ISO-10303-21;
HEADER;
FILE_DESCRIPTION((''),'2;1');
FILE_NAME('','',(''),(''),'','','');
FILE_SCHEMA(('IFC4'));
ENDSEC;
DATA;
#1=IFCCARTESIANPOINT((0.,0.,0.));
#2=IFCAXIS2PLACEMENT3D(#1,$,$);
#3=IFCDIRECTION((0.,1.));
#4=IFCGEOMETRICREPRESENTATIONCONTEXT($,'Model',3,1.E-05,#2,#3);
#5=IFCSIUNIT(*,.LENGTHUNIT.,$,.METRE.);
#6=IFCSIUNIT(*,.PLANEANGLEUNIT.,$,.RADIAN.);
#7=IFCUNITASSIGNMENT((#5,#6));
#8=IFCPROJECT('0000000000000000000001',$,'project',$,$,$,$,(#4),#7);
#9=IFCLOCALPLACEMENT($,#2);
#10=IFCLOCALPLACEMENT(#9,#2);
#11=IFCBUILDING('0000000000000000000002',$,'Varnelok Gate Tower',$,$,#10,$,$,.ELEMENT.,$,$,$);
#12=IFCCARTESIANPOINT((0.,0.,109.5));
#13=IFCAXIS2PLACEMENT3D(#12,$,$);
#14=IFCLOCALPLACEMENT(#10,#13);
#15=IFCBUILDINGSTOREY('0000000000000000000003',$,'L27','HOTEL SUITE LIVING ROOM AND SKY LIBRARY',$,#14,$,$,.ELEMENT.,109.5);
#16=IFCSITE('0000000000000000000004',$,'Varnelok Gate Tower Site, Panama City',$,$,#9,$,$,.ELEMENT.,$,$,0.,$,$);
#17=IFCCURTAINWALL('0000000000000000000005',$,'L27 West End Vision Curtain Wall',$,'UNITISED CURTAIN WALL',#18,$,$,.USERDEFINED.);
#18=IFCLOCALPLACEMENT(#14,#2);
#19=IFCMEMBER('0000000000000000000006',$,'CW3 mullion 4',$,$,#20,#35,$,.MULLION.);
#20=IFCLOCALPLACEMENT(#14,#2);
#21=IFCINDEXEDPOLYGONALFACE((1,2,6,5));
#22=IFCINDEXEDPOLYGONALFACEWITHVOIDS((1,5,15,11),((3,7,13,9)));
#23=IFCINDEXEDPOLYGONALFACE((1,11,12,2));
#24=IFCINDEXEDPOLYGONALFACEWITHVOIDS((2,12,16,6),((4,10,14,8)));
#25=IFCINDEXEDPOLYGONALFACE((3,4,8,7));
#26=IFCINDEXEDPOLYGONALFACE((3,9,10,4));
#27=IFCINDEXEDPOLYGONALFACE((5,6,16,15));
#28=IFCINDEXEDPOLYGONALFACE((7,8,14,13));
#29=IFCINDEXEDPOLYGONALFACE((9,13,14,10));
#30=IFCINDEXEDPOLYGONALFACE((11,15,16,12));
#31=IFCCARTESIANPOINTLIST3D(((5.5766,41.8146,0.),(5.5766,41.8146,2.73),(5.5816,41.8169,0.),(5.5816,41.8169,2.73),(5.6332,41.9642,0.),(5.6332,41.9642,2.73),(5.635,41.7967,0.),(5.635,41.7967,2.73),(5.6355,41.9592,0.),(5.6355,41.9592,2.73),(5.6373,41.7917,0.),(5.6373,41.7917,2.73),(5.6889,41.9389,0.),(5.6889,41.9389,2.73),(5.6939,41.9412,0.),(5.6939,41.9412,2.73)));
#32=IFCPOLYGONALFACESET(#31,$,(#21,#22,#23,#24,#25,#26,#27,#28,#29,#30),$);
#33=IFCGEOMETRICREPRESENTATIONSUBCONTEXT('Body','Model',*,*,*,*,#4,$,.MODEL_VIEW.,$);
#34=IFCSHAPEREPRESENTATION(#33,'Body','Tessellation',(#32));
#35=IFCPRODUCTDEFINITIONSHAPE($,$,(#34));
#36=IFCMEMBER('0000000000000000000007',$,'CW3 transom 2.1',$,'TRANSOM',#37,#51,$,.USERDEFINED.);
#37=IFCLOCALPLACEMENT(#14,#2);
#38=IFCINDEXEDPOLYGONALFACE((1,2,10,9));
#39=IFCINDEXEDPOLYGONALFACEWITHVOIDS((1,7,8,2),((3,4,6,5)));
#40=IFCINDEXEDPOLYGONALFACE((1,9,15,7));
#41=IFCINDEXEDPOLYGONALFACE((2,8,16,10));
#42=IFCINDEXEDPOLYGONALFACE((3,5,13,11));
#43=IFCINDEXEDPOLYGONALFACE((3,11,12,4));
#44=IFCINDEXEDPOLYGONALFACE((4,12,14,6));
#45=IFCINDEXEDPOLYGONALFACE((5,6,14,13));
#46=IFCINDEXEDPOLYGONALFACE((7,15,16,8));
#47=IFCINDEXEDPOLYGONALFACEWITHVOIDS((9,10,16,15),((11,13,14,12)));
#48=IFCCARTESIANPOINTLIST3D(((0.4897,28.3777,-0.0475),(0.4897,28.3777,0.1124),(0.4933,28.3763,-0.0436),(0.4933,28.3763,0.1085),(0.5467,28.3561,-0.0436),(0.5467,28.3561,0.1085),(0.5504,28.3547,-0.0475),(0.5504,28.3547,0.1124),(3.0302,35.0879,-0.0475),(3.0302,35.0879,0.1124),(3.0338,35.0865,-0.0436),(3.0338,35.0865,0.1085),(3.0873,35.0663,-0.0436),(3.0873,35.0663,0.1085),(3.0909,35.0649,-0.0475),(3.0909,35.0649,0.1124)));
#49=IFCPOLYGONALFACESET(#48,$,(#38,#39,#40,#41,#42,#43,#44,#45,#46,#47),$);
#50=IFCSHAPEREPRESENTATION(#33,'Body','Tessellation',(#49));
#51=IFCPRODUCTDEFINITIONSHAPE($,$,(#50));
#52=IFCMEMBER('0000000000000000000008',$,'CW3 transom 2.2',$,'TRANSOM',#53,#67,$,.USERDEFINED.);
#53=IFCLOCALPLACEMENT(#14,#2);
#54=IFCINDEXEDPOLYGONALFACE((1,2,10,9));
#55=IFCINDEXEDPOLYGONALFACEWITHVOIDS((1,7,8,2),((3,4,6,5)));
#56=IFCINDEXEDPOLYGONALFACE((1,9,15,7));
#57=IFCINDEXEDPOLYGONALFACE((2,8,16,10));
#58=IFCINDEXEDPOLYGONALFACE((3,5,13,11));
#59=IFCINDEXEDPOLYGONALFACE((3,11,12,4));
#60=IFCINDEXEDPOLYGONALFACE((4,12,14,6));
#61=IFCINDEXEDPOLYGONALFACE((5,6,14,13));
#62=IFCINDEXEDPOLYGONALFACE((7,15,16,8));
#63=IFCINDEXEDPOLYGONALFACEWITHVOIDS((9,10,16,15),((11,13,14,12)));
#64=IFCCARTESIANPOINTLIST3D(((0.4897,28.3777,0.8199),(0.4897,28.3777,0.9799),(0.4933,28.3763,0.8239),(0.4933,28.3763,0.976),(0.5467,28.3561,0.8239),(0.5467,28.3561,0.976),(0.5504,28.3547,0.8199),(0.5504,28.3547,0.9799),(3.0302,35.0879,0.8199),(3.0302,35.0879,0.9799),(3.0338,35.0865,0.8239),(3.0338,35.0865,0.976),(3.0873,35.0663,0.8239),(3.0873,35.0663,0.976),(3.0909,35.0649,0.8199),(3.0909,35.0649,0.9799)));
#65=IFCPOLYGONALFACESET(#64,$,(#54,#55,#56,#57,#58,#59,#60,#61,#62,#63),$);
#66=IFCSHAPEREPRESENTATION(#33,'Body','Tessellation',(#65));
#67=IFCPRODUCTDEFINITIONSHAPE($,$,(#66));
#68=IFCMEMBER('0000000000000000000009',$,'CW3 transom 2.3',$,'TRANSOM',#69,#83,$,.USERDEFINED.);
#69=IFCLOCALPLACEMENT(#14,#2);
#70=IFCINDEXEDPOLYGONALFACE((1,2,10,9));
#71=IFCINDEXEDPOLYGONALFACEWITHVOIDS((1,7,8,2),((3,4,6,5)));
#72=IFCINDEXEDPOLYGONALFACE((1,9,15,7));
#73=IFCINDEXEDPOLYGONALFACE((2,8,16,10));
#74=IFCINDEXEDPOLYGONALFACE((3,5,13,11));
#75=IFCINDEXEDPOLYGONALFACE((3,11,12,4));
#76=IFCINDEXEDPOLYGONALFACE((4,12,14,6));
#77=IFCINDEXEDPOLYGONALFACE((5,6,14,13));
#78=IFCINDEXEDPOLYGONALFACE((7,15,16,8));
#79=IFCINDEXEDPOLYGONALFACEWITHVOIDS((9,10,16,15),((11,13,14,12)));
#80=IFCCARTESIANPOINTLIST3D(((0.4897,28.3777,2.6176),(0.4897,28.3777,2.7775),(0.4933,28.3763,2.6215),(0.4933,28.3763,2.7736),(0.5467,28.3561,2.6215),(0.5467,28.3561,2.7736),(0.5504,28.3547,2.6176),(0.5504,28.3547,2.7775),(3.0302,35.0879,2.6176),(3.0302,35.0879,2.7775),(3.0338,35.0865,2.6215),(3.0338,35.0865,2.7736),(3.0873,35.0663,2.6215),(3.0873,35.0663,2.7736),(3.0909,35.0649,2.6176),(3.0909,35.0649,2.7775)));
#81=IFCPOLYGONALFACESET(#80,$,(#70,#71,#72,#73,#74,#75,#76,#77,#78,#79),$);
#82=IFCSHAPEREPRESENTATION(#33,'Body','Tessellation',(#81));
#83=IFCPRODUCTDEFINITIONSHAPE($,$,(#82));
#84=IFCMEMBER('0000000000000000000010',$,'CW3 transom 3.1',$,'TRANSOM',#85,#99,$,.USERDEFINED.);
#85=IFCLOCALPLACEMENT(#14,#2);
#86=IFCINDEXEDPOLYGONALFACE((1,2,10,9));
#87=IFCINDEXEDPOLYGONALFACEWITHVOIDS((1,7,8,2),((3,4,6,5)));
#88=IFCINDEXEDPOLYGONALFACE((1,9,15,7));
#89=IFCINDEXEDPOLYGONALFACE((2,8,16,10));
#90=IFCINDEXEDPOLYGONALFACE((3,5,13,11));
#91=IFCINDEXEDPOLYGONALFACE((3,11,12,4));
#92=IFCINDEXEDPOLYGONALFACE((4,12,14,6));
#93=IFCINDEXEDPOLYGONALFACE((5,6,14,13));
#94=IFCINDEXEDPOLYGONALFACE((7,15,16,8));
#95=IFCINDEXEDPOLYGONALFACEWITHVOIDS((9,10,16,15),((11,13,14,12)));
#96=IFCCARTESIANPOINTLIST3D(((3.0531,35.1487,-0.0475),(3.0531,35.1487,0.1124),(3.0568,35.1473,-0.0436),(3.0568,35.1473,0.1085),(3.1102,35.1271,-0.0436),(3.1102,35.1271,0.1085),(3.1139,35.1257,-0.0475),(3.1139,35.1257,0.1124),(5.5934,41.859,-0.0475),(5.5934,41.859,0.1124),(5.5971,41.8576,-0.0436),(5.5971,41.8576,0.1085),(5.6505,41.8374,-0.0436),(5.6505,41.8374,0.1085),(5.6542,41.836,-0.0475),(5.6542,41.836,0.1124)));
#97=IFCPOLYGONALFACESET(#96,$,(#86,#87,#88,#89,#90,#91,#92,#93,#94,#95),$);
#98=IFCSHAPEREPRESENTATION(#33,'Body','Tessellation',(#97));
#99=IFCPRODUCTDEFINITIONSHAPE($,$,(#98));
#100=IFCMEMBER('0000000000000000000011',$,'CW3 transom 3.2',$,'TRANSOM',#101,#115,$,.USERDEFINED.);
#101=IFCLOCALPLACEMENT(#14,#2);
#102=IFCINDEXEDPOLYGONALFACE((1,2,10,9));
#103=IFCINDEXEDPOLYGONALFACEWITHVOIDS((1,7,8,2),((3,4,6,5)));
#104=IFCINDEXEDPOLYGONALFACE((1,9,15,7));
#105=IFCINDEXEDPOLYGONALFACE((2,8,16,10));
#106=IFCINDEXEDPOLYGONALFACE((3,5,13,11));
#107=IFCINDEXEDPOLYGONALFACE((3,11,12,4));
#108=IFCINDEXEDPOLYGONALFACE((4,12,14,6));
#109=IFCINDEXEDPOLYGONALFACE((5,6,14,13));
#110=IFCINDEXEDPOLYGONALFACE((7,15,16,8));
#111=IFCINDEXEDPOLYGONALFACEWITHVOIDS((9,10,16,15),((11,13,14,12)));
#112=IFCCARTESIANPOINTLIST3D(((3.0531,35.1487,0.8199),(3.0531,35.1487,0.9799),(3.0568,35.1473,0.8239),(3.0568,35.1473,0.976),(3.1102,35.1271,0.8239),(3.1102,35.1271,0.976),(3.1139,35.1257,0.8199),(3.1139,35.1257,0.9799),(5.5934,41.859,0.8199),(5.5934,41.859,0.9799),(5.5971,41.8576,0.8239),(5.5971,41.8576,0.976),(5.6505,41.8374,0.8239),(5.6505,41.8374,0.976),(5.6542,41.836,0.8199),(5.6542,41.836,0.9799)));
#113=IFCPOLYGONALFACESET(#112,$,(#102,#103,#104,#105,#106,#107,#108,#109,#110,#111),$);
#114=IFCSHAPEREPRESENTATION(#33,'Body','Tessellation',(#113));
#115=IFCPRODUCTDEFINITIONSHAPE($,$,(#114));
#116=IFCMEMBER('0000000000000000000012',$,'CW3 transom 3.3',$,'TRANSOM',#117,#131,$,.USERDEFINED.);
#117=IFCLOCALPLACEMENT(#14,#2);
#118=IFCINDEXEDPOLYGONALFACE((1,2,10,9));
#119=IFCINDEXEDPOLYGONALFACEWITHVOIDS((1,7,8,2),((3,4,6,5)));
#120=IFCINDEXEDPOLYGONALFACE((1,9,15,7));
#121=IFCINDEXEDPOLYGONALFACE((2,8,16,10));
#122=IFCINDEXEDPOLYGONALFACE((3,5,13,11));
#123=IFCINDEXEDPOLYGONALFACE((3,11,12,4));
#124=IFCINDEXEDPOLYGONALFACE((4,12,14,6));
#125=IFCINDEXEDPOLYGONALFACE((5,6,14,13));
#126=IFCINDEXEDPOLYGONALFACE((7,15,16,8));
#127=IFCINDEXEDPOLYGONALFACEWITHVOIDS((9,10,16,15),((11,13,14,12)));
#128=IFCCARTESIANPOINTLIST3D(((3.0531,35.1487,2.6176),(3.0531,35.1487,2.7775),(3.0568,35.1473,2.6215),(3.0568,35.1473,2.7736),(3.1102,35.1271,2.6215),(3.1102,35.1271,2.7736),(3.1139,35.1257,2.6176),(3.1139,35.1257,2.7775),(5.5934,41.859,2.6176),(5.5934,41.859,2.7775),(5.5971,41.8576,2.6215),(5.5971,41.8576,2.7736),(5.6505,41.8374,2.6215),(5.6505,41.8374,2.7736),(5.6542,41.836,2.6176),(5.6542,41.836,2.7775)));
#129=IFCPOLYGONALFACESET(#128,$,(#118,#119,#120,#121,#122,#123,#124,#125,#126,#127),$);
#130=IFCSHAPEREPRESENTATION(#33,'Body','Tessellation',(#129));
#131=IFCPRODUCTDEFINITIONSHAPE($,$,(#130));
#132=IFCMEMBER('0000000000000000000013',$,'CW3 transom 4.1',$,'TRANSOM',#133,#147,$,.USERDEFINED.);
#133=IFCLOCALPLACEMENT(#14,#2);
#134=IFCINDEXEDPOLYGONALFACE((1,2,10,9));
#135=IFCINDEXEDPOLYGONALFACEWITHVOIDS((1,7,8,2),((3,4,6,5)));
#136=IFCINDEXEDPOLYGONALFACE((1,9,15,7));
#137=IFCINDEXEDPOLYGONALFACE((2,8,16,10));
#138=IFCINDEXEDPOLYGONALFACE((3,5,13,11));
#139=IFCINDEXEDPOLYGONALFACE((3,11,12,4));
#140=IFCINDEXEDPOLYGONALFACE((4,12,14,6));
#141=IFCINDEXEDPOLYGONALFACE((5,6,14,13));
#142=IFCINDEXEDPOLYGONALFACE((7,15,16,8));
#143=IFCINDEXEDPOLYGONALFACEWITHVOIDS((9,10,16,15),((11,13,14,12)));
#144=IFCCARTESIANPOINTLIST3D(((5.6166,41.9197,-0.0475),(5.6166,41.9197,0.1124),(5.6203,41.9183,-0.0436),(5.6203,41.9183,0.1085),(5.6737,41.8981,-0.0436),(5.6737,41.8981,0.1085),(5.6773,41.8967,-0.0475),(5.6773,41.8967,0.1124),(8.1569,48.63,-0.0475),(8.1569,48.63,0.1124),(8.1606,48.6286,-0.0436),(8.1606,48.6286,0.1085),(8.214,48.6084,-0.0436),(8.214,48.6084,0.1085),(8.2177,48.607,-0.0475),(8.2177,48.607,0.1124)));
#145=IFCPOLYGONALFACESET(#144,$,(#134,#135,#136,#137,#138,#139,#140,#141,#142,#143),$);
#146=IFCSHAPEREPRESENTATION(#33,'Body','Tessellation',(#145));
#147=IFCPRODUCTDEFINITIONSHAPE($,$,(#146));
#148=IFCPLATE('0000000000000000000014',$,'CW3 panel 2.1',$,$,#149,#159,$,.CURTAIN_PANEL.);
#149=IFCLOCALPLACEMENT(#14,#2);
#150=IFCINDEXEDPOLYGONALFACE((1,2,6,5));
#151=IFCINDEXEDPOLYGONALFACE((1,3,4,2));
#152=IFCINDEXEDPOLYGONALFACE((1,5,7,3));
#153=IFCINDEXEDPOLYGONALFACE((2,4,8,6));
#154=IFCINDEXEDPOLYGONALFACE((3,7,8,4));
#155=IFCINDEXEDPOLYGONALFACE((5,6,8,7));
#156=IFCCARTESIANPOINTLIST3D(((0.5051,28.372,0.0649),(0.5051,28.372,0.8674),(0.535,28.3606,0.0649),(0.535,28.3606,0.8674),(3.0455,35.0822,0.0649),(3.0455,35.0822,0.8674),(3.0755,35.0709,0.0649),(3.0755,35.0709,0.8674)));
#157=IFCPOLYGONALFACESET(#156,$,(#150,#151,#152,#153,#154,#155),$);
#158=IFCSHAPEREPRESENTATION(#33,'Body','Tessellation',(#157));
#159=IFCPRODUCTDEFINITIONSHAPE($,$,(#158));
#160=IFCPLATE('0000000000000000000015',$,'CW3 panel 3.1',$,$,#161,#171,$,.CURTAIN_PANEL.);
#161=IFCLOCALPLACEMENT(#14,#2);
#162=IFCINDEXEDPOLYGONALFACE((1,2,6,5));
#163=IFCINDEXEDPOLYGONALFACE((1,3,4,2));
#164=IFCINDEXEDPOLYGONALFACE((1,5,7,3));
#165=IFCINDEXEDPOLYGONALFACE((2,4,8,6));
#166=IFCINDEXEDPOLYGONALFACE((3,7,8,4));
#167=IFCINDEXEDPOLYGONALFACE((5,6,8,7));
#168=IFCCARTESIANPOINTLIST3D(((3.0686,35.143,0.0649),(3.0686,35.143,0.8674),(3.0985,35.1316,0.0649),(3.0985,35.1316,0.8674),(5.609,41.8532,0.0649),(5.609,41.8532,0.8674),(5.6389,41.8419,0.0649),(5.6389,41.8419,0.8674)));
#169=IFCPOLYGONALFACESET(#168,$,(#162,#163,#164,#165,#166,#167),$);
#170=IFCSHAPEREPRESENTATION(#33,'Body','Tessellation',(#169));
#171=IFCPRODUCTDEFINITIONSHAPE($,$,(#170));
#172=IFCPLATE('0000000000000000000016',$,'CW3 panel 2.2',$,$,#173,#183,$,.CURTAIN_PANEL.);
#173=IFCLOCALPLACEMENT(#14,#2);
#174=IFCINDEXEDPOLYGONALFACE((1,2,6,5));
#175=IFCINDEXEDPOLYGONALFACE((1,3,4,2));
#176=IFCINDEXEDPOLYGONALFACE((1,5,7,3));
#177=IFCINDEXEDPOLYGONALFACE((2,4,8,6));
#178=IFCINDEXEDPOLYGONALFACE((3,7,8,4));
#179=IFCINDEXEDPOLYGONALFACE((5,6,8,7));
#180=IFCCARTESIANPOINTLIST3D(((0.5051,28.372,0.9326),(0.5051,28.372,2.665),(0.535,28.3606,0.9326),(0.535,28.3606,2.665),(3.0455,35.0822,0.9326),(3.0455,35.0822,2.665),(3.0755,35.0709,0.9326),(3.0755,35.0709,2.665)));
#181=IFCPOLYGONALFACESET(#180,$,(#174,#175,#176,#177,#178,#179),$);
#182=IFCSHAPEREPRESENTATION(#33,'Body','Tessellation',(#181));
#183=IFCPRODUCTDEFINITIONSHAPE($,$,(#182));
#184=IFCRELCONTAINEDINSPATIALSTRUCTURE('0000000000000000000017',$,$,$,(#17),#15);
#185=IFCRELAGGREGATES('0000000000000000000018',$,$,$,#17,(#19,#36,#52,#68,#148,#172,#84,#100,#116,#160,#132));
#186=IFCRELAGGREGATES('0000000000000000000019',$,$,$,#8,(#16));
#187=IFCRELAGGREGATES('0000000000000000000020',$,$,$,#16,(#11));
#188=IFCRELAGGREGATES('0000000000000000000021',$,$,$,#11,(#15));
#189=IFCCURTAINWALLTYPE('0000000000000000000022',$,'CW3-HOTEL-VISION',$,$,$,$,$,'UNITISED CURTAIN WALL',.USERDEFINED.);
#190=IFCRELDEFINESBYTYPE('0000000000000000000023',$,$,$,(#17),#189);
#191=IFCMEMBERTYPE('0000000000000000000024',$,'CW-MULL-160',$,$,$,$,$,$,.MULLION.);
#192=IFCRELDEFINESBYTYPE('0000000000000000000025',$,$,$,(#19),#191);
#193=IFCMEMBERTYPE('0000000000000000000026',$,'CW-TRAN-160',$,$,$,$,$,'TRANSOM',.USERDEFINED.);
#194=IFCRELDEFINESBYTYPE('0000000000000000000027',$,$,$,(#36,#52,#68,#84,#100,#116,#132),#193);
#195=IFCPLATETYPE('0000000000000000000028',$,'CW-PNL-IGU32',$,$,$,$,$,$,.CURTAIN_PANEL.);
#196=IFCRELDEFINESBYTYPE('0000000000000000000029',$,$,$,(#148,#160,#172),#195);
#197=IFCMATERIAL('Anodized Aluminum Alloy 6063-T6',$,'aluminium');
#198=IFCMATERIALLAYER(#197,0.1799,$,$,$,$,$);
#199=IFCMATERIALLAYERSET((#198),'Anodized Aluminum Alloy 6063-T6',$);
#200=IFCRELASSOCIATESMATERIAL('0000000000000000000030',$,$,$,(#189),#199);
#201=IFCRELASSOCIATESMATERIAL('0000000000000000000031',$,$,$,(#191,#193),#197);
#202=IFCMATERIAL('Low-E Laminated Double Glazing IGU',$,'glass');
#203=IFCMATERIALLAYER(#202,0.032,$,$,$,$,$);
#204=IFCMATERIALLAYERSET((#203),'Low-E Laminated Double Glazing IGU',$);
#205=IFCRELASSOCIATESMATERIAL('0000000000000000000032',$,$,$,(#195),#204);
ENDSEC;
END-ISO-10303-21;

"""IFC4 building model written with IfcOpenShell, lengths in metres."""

from ifc_helpers import new_model, si_unit, direction, frame, origin, origin_2d, place, context, subcontext, project, spatial, rectangle, hollow_rectangle, extrude, source, transform, mapped, material, layer, layer_set, material_profile, profile_set, type_object, element, aggregate, save


model = new_model("IFC4")

# Units and contexts
model_context = context("Model", 3, precision=1e-05, world=origin(), true_north=direction((0.0, 1.0)))
body_context = subcontext(model_context, "Body", "Model", "MODEL_VIEW")
ifc_project = project(units=[si_unit("LENGTHUNIT", "METRE"), si_unit("PLANEANGLEUNIT", "RADIAN")], contexts=[model_context])

# Site, building, storey
site_placement = place(None, origin())
site = spatial("IfcSite", under=ifc_project, at=site_placement, Name="Varnelok Gate Tower Site, Panama City", CompositionType="ELEMENT", RefElevation=0.0)
building_placement = place(site_placement, origin())
building = spatial("IfcBuilding", under=site, at=building_placement, Name="Varnelok Gate Tower", CompositionType="ELEMENT")
storey_placement = place(building_placement, frame((0.0, 0.0, 109.5)))
storey = spatial("IfcBuildingStorey", under=building, at=storey_placement, Name="L27", Description="HOTEL SUITE LIVING ROOM AND SKY LIBRARY", CompositionType="ELEMENT", Elevation=109.5)

# Curtain wall, members, plates
ifc_material_1 = material(Name="Anodized Aluminum Alloy 6063-T6", Category="aluminium")
ifc_layer_1 = layer(ifc_material_1, 0.1799)
ifc_layer_set_1 = layer_set([ifc_layer_1], Name="Anodized Aluminum Alloy 6063-T6")
curtain_wall_type = type_object("IfcCurtainWallType", Name="CW3-HOTEL-VISION", ElementType="UNITISED CURTAIN WALL", PredefinedType="USERDEFINED", material=ifc_layer_set_1)
curtain_wall_placement = place(storey_placement, origin())
curtain_wall = element("IfcCurtainWall", 1, at=curtain_wall_placement, inside=storey, type_object=curtain_wall_type, Name="L27 West End Vision Curtain Wall", ObjectType="UNITISED CURTAIN WALL", PredefinedType="USERDEFINED")
ifc_material_profile_1 = material_profile(ifc_material_1, hollow_rectangle(XDim=0.0649, YDim=0.1599, WallThickness=0.0039, at=origin_2d()), Name="ALU160X65X4")
ifc_profile_set_1 = profile_set([ifc_material_profile_1], Name="Anodized Aluminum Alloy 6063-T6")
member_type_1 = type_object("IfcMemberType", Name="CW-MULL-160", PredefinedType="MULLION", material=ifc_profile_set_1)
member_1_placement = place(storey_placement, frame((5.6353, 41.8779, 0.0), z_axis=(0.0, 0.0, 1.0), x_axis=(-0.935221, 0.354064, 0.0)))
member_1 = element("IfcMember", 2, at=member_1_placement, type_object=member_type_1, Name="CW3 mullion 4", PredefinedType="MULLION", context=body_context, shape_type="SweptSolid", body=[
    extrude(hollow_rectangle(XDim=0.0649, YDim=0.1599, WallThickness=0.0039, at=origin_2d()), origin(), (0.0, 0.0, 1.0), 2.73),
])
ifc_material_profile_2 = material_profile(ifc_material_1, hollow_rectangle(XDim=0.0649, YDim=0.1599, WallThickness=0.0039, at=origin_2d()), Name="ALU160X65X4")
ifc_profile_set_2 = profile_set([ifc_material_profile_2], Name="Anodized Aluminum Alloy 6063-T6")
member_type_2 = type_object("IfcMemberType", Name="CW-TRAN-160", ElementType="TRANSOM", PredefinedType="USERDEFINED", material=ifc_profile_set_2)
member_2_placement = place(storey_placement, frame((0.52, 28.3662, 0.0325), z_axis=(0.354079, 0.935216, 0.0), x_axis=(-0.935216, 0.354079, 0.0)))
member_2 = element("IfcMember", 3, at=member_2_placement, type_object=member_type_2, Name="CW3 transom 2.1", ObjectType="TRANSOM", PredefinedType="USERDEFINED", context=body_context, shape_type="SweptSolid", body=[
    extrude(hollow_rectangle(XDim=0.0649, YDim=0.1599, WallThickness=0.0039, at=origin_2d()), origin(), (0.0, 0.0, 1.0), 7.175),
])
member_3_placement = place(storey_placement, frame((0.52, 28.3662, 0.8999), z_axis=(0.354079, 0.935216, 0.0), x_axis=(-0.935216, 0.354079, 0.0)))
member_3 = element("IfcMember", 4, at=member_3_placement, type_object=member_type_2, Name="CW3 transom 2.2", ObjectType="TRANSOM", PredefinedType="USERDEFINED", context=body_context, shape_type="SweptSolid", body=[
    extrude(hollow_rectangle(XDim=0.0649, YDim=0.1599, WallThickness=0.0039, at=origin_2d()), origin(), (0.0, 0.0, 1.0), 7.175),
])
member_4_placement = place(storey_placement, frame((0.52, 28.3662, 2.6975), z_axis=(0.354079, 0.935216, 0.0), x_axis=(-0.935216, 0.354079, 0.0)))
member_4 = element("IfcMember", 5, at=member_4_placement, type_object=member_type_2, Name="CW3 transom 2.3", ObjectType="TRANSOM", PredefinedType="USERDEFINED", context=body_context, shape_type="SweptSolid", body=[
    extrude(hollow_rectangle(XDim=0.0649, YDim=0.1599, WallThickness=0.0039, at=origin_2d()), origin(), (0.0, 0.0, 1.0), 7.175),
])
member_5_placement = place(storey_placement, frame((3.0835, 35.1372, 0.0325), z_axis=(0.354049, 0.935227, 0.0), x_axis=(-0.935227, 0.354049, 0.0)))
member_5 = element("IfcMember", 6, at=member_5_placement, type_object=member_type_2, Name="CW3 transom 3.1", ObjectType="TRANSOM", PredefinedType="USERDEFINED", context=body_context, shape_type="SweptSolid", body=[
    extrude(hollow_rectangle(XDim=0.0649, YDim=0.1599, WallThickness=0.0039, at=origin_2d()), origin(), (0.0, 0.0, 1.0), 7.175),
])
member_6_placement = place(storey_placement, frame((3.0835, 35.1372, 0.8999), z_axis=(0.354049, 0.935227, 0.0), x_axis=(-0.935227, 0.354049, 0.0)))
member_6 = element("IfcMember", 7, at=member_6_placement, type_object=member_type_2, Name="CW3 transom 3.2", ObjectType="TRANSOM", PredefinedType="USERDEFINED", context=body_context, shape_type="SweptSolid", body=[
    extrude(hollow_rectangle(XDim=0.0649, YDim=0.1599, WallThickness=0.0039, at=origin_2d()), origin(), (0.0, 0.0, 1.0), 7.175),
])
member_7_placement = place(storey_placement, frame((3.0835, 35.1372, 2.6975), z_axis=(0.354049, 0.935227, 0.0), x_axis=(-0.935227, 0.354049, 0.0)))
member_7 = element("IfcMember", 8, at=member_7_placement, type_object=member_type_2, Name="CW3 transom 3.3", ObjectType="TRANSOM", PredefinedType="USERDEFINED", context=body_context, shape_type="SweptSolid", body=[
    extrude(hollow_rectangle(XDim=0.0649, YDim=0.1599, WallThickness=0.0039, at=origin_2d()), origin(), (0.0, 0.0, 1.0), 7.175),
])
member_8_placement = place(storey_placement, frame((5.647, 41.9082, 0.0325), z_axis=(0.354049, 0.935227, 0.0), x_axis=(-0.935227, 0.354049, 0.0)))
member_8 = element("IfcMember", 9, at=member_8_placement, type_object=member_type_2, Name="CW3 transom 4.1", ObjectType="TRANSOM", PredefinedType="USERDEFINED", context=body_context, shape_type="SweptSolid", body=[
    extrude(hollow_rectangle(XDim=0.0649, YDim=0.1599, WallThickness=0.0039, at=origin_2d()), origin(), (0.0, 0.0, 1.0), 7.175),
])
ifc_material_2 = material(Name="Low-E Laminated Double Glazing IGU", Category="glass")
ifc_layer_2 = layer(ifc_material_2, 0.032)
ifc_layer_set_2 = layer_set([ifc_layer_2], Name="Low-E Laminated Double Glazing IGU")
plate_type = type_object("IfcPlateType", Name="CW-PNL-IGU32", PredefinedType="CURTAIN_PANEL", material=ifc_layer_set_2)
shared_shape_1 = source(origin(), body_context, "Body", "SweptSolid", [
    extrude(rectangle(XDim=7.175, YDim=0.032, at=origin_2d()), origin(), (0.0, 0.0, 1.0), 0.8025),
])
plate_1_placement = place(storey_placement, frame((1.7903, 31.7214, 0.0649), z_axis=(0.0, 0.0, 1.0), x_axis=(0.354064, 0.935221, 0.0)))
plate_1 = element("IfcPlate", 10, at=plate_1_placement, type_object=plate_type, Name="CW3 panel 2.1", PredefinedType="CURTAIN_PANEL", context=body_context, shape_type="MappedRepresentation", body=[
    mapped(shared_shape_1, transform((0.0, 0.0, 0.0), scale=1.0)),
])
plate_2_placement = place(storey_placement, frame((4.3538, 38.4924, 0.0649), z_axis=(0.0, 0.0, 1.0), x_axis=(0.354064, 0.935221, 0.0)))
plate_2 = element("IfcPlate", 11, at=plate_2_placement, type_object=plate_type, Name="CW3 panel 3.1", PredefinedType="CURTAIN_PANEL", context=body_context, shape_type="MappedRepresentation", body=[
    mapped(shared_shape_1, transform((0.0, 0.0, 0.0), scale=1.0)),
])
shared_shape_2 = source(origin(), body_context, "Body", "SweptSolid", [
    extrude(rectangle(XDim=7.175, YDim=0.032, at=origin_2d()), origin(), (0.0, 0.0, 1.0), 1.7324),
])
plate_3_placement = place(storey_placement, frame((1.7903, 31.7214, 0.9326), z_axis=(0.0, 0.0, 1.0), x_axis=(0.354064, 0.935221, 0.0)))
plate_3 = element("IfcPlate", 12, at=plate_3_placement, type_object=plate_type, Name="CW3 panel 2.2", PredefinedType="CURTAIN_PANEL", context=body_context, shape_type="MappedRepresentation", body=[
    mapped(shared_shape_2, transform((0.0, 0.0, 0.0), scale=1.0)),
])
aggregate(curtain_wall, [member_1, member_2, member_3, member_4, plate_1, plate_3, member_5, member_6, member_7, plate_2, member_8])

save(model, "model.ifc")
